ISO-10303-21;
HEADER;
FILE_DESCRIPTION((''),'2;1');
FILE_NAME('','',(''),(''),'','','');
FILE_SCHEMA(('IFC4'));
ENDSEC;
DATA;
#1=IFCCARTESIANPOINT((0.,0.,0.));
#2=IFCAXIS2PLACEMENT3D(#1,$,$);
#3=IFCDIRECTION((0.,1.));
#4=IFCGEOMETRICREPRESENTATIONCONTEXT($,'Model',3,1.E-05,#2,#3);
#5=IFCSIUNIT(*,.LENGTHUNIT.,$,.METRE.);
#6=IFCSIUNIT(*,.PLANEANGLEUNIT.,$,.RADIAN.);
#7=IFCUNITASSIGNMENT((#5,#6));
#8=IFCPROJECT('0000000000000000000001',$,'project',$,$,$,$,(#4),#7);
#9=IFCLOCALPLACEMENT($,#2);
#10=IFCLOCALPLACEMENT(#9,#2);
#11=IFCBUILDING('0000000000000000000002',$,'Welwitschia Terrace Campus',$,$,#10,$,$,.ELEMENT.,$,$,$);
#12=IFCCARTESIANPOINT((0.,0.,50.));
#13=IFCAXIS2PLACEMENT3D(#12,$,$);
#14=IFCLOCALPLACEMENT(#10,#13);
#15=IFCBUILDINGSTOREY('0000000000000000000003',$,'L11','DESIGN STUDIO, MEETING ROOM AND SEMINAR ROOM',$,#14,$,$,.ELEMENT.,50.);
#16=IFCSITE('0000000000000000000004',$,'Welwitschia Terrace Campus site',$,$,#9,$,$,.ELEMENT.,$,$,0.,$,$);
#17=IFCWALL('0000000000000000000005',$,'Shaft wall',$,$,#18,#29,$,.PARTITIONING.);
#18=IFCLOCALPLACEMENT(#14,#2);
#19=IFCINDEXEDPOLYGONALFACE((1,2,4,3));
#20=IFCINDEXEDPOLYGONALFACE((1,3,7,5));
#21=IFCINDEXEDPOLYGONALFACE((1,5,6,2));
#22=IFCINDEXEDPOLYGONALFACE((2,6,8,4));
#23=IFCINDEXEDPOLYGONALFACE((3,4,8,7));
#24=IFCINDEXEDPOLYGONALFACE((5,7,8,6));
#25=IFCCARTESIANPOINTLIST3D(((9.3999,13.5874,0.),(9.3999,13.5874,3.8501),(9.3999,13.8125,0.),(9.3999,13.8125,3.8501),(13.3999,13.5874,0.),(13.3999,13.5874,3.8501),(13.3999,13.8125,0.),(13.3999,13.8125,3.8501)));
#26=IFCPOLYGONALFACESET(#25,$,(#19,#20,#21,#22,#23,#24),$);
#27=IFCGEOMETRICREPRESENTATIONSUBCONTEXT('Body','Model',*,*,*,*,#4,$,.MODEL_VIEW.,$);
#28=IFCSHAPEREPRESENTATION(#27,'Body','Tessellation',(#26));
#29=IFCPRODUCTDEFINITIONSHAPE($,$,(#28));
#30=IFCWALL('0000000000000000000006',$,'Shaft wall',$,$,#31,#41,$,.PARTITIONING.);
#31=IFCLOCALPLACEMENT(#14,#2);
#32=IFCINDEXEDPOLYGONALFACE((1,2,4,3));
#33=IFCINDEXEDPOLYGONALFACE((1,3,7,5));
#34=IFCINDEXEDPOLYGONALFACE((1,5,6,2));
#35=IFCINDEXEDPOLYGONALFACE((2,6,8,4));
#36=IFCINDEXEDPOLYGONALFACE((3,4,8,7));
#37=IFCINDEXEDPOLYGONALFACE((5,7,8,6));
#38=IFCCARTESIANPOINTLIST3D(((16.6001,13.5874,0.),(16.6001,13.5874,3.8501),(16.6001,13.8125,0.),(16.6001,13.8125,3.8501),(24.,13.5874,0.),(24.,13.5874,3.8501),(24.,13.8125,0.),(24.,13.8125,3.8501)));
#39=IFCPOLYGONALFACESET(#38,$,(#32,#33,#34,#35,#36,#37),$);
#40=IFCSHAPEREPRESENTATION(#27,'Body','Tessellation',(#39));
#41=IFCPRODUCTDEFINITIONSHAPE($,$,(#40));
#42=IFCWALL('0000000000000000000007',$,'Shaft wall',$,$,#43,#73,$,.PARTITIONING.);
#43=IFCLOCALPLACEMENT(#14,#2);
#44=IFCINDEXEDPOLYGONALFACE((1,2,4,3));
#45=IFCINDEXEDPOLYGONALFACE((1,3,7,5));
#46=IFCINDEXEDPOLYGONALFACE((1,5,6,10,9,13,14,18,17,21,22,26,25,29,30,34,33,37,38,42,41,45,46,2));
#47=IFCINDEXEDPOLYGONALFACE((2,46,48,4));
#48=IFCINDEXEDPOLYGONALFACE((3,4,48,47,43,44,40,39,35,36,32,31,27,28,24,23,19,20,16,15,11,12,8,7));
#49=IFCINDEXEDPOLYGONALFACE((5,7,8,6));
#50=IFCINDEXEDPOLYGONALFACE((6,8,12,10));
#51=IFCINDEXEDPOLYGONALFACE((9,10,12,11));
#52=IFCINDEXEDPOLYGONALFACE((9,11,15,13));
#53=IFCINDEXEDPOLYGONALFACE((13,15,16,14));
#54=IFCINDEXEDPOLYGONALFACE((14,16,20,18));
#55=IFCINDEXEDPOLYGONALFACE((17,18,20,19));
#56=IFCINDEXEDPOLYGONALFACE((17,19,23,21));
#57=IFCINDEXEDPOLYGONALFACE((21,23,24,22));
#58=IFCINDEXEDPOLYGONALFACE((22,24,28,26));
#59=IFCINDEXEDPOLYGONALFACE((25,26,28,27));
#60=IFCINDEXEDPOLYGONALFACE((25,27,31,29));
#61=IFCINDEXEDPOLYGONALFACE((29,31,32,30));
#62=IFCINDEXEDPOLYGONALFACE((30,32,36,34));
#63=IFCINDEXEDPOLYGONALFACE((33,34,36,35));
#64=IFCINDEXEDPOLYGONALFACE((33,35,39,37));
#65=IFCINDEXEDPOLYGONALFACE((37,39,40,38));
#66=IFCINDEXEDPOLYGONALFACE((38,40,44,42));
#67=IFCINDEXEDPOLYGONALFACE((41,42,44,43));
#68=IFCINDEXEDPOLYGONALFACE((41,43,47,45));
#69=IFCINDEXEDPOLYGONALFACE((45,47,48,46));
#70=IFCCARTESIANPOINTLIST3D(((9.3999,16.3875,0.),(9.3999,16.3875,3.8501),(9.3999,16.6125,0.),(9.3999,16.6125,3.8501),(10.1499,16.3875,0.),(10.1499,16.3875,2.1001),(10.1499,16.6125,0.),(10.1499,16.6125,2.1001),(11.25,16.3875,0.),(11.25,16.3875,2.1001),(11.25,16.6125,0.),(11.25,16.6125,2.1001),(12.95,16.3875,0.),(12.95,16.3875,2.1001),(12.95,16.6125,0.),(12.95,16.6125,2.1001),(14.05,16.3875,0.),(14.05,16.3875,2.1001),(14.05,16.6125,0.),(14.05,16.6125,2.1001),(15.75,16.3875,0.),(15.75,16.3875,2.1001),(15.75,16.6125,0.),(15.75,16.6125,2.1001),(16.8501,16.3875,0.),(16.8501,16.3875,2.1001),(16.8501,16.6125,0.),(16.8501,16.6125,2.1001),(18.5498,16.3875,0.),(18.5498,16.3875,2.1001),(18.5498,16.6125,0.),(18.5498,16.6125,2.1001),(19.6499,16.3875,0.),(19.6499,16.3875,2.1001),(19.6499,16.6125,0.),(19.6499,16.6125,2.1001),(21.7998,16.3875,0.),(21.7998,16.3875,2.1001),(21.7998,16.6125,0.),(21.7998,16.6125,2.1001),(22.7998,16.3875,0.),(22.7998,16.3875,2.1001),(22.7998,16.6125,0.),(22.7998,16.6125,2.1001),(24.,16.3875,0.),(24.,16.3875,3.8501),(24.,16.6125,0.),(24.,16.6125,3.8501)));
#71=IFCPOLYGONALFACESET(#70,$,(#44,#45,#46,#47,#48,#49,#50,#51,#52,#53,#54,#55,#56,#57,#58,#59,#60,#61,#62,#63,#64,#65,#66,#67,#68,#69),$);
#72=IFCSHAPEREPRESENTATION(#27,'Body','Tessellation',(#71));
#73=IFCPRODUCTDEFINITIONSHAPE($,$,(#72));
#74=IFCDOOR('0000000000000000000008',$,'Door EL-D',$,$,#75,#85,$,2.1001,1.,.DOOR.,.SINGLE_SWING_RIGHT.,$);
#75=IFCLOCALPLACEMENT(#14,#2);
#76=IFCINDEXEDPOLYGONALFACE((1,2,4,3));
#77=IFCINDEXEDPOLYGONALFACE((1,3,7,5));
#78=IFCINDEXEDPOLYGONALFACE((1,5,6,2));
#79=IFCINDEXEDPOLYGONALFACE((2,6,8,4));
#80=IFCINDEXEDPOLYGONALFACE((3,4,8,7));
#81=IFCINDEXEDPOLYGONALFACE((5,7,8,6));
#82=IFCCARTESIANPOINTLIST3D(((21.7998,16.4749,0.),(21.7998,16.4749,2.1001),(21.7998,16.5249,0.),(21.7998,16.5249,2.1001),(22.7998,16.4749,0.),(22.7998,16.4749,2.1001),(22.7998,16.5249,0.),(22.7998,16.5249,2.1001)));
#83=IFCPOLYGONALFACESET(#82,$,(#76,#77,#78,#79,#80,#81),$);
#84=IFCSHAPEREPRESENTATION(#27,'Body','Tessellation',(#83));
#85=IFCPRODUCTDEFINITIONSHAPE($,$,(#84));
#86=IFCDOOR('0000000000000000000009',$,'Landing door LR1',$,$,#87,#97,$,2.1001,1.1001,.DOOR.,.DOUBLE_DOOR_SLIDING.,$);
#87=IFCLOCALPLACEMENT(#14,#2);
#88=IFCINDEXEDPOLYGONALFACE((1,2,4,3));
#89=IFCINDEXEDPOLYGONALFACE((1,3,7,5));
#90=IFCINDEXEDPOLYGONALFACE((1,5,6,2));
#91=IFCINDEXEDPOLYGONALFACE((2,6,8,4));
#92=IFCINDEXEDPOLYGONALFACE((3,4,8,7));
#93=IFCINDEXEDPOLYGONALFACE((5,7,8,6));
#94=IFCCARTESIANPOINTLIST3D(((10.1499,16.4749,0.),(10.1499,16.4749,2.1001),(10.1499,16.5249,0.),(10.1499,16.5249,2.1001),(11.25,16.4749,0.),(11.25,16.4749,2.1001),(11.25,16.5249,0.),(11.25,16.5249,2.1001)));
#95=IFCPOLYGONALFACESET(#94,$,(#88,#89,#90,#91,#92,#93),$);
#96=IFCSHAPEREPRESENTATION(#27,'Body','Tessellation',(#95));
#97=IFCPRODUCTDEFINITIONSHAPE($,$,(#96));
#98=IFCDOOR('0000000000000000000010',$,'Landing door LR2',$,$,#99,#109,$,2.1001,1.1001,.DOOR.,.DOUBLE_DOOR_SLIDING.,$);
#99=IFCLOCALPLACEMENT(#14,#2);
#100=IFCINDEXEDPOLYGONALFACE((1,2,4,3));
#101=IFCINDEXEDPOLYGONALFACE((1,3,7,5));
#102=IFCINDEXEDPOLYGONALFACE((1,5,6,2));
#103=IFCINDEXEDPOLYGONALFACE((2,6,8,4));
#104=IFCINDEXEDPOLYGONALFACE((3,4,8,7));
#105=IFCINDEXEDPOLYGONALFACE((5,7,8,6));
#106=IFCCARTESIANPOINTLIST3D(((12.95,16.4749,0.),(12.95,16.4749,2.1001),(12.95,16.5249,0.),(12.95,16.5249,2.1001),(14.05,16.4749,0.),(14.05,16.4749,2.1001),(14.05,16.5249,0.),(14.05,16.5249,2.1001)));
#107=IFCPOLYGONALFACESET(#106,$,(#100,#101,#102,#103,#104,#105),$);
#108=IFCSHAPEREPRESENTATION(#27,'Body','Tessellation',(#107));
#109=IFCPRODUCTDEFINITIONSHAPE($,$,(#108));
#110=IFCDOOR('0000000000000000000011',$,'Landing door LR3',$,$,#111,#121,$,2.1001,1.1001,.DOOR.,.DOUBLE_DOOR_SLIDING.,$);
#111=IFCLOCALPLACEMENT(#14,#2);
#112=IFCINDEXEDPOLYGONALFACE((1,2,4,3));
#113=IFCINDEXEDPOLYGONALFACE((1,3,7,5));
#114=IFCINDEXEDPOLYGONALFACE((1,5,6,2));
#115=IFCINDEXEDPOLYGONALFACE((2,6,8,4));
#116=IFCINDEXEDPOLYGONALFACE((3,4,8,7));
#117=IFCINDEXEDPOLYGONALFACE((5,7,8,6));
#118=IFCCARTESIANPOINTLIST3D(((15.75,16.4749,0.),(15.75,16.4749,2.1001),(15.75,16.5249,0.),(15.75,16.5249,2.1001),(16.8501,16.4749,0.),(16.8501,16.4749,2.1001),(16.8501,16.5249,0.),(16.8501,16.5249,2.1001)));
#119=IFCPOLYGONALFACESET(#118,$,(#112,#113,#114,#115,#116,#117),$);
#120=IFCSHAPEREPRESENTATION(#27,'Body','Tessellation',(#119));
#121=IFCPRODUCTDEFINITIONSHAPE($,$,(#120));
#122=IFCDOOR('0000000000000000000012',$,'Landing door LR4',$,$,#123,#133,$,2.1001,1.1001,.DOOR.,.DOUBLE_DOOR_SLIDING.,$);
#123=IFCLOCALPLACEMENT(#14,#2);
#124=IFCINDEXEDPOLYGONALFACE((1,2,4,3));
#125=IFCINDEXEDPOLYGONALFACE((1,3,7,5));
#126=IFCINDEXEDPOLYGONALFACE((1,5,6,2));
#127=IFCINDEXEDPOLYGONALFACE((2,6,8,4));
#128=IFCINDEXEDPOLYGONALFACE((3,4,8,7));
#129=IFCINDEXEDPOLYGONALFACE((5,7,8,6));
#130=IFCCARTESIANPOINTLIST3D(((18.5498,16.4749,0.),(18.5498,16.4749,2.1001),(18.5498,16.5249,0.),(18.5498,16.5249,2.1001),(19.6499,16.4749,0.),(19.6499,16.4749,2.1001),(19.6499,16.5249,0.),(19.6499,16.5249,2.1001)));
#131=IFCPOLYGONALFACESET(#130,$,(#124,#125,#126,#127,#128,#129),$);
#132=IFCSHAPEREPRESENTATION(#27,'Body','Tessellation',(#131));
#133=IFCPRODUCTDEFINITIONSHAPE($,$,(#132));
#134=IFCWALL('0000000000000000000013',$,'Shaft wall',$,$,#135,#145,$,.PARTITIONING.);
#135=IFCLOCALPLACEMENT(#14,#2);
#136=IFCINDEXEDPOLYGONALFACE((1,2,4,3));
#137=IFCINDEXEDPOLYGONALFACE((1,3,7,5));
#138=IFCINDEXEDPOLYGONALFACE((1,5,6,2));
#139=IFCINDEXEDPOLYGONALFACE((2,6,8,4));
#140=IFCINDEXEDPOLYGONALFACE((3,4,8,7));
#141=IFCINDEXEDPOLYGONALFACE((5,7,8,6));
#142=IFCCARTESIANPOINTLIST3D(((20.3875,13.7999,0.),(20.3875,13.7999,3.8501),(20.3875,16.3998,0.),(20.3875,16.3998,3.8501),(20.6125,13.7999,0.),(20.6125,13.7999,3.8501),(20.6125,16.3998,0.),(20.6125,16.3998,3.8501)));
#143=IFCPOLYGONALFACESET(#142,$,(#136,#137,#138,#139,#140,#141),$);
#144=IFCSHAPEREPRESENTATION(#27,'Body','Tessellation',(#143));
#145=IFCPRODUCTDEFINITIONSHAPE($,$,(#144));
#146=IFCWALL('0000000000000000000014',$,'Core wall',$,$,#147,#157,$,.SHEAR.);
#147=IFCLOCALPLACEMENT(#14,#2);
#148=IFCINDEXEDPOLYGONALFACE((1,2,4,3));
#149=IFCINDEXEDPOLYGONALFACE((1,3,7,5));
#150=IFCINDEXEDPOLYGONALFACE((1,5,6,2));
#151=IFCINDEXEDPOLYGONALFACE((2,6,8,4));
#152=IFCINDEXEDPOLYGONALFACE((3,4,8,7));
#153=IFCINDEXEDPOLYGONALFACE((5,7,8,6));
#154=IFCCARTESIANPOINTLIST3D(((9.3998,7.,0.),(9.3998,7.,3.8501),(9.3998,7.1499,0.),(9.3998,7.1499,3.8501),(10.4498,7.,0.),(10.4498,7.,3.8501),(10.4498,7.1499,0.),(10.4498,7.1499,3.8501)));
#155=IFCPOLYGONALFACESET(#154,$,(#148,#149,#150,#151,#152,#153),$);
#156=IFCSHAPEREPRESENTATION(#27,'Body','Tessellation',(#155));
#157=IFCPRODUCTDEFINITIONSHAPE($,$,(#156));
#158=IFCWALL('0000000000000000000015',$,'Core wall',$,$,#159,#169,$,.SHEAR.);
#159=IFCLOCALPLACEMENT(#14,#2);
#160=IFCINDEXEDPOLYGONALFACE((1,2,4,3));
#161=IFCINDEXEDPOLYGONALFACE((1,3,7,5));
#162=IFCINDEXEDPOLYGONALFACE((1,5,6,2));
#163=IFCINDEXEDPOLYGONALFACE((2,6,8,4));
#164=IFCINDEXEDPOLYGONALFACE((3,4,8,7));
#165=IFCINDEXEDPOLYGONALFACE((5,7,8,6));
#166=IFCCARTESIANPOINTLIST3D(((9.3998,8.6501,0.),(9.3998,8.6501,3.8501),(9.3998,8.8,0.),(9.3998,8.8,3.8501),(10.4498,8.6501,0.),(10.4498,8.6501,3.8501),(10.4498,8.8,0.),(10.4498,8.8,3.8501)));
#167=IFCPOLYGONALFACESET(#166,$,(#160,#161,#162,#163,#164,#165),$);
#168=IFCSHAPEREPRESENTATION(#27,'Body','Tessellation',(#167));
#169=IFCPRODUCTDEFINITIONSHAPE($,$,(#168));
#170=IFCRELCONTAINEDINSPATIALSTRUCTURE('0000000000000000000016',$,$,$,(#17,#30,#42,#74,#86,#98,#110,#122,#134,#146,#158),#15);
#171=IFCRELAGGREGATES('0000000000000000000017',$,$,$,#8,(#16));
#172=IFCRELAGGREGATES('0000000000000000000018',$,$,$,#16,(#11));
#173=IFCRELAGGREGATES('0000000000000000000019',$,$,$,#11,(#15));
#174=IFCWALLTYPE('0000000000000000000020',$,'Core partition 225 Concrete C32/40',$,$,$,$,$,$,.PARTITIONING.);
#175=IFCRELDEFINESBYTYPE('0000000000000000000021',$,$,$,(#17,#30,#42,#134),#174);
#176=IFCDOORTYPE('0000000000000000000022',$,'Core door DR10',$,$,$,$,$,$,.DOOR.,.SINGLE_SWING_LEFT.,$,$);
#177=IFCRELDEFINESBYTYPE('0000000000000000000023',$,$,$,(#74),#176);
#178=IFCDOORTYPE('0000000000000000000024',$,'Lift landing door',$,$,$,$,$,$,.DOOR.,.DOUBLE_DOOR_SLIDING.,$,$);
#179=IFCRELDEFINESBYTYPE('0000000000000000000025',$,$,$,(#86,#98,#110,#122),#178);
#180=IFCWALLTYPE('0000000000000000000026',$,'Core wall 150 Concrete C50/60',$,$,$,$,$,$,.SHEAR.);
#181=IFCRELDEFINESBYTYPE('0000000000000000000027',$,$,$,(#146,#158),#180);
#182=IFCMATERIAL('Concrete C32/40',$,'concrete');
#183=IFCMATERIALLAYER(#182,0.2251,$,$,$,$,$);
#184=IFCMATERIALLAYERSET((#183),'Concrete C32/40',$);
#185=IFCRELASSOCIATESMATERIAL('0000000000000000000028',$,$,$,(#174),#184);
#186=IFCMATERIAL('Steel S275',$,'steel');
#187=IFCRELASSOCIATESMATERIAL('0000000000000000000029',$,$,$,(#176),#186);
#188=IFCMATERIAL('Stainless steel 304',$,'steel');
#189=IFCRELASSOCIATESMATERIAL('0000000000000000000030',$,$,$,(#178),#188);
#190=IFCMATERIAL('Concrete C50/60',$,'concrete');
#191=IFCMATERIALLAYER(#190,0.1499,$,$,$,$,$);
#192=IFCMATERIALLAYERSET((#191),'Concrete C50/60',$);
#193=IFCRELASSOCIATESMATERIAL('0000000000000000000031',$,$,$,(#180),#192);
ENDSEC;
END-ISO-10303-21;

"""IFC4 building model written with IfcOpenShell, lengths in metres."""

from ifc_helpers import new_model, si_unit, direction, frame, frame_2d, origin, place, context, subcontext, project, spatial, rectangle, extrude, material, layer, layer_set, type_object, element, fill, save


model = new_model("IFC4")

# Units and contexts
model_context = context("Model", 3, precision=1e-05, world=origin(), true_north=direction((0.0, 1.0)))
body_context = subcontext(model_context, "Body", "Model", "MODEL_VIEW")
ifc_project = project(units=[si_unit("LENGTHUNIT", "METRE"), si_unit("PLANEANGLEUNIT", "RADIAN")], contexts=[model_context])

# Site, building, storey
site_placement = place(None, origin())
site = spatial("IfcSite", under=ifc_project, at=site_placement, Name="Welwitschia Terrace Campus site", CompositionType="ELEMENT", RefElevation=0.0)
building_placement = place(site_placement, origin())
building = spatial("IfcBuilding", under=site, at=building_placement, Name="Welwitschia Terrace Campus", CompositionType="ELEMENT")
storey_placement = place(building_placement, frame((0.0, 0.0, 50.0)))
storey = spatial("IfcBuildingStorey", under=building, at=storey_placement, Name="L11", Description="DESIGN STUDIO, MEETING ROOM AND SEMINAR ROOM", CompositionType="ELEMENT", Elevation=50.0)

# Walls
ifc_material_1 = material(Name="Concrete C32/40", Category="concrete")
ifc_layer_1 = layer(ifc_material_1, 0.2251)
ifc_layer_set_1 = layer_set([ifc_layer_1], Name="Concrete C32/40")
wall_type_1 = type_object("IfcWallType", Name="Core partition 225 Concrete C32/40", PredefinedType="PARTITIONING", material=ifc_layer_set_1)
wall_1_placement = place(storey_placement, frame((9.3999, 13.7, 0.0), z_axis=(0.0, 0.0, 1.0), x_axis=(1.0, 0.0, 0.0)))
element("IfcWall", 1, at=wall_1_placement, inside=storey, type_object=wall_type_1, Name="Shaft wall", PredefinedType="PARTITIONING", context=body_context, shape_type="SweptSolid", body=[
    extrude(rectangle(XDim=4.0, YDim=0.2251, at=frame_2d((2.0, 0.0))), origin(), (0.0, 0.0, 1.0), 3.8501),
])
wall_2_placement = place(storey_placement, frame((16.6001, 13.7, 0.0), z_axis=(0.0, 0.0, 1.0), x_axis=(1.0, 0.0, 0.0)))
element("IfcWall", 2, at=wall_2_placement, inside=storey, type_object=wall_type_1, Name="Shaft wall", PredefinedType="PARTITIONING", context=body_context, shape_type="SweptSolid", body=[
    extrude(rectangle(XDim=7.3999, YDim=0.2251, at=frame_2d((3.7, 0.0))), origin(), (0.0, 0.0, 1.0), 3.8501),
])

# Wall, openings, doors
wall_3_placement = place(storey_placement, frame((9.3999, 16.5, 0.0), z_axis=(0.0, 0.0, 1.0), x_axis=(1.0, 0.0, 0.0)))
wall_3 = element("IfcWall", 3, at=wall_3_placement, inside=storey, type_object=wall_type_1, Name="Shaft wall", PredefinedType="PARTITIONING", context=body_context, shape_type="SweptSolid", body=[
    extrude(rectangle(XDim=14.6001, YDim=0.2251, at=frame_2d((7.3, 0.0))), origin(), (0.0, 0.0, 1.0), 3.8501),
])
opening_1_placement = place(wall_3_placement, frame((0.75, 0.0, 0.0)))
opening_1 = element("IfcOpeningElement", 4, at=opening_1_placement, cuts=wall_3, PredefinedType="OPENING", context=body_context, shape_type="SweptSolid", body=[
    extrude(rectangle(XDim=1.1001, YDim=2.1001, at=frame_2d((0.55, 1.05))), frame((0.0, 0.1226, 0.0), z_axis=(0.0, -1.0, 0.0), x_axis=(1.0, 0.0, 0.0)), (0.0, 0.0, 1.0), 0.2451),
])
opening_2_placement = place(wall_3_placement, frame((3.55, 0.0, 0.0)))
opening_2 = element("IfcOpeningElement", 5, at=opening_2_placement, cuts=wall_3, PredefinedType="OPENING", context=body_context, shape_type="SweptSolid", body=[
    extrude(rectangle(XDim=1.1001, YDim=2.1001, at=frame_2d((0.55, 1.05))), frame((0.0, 0.1226, 0.0), z_axis=(0.0, -1.0, 0.0), x_axis=(1.0, 0.0, 0.0)), (0.0, 0.0, 1.0), 0.2451),
])
opening_3_placement = place(wall_3_placement, frame((6.3501, 0.0, 0.0)))
opening_3 = element("IfcOpeningElement", 6, at=opening_3_placement, cuts=wall_3, PredefinedType="OPENING", context=body_context, shape_type="SweptSolid", body=[
    extrude(rectangle(XDim=1.1001, YDim=2.1001, at=frame_2d((0.55, 1.05))), frame((0.0, 0.1226, 0.0), z_axis=(0.0, -1.0, 0.0), x_axis=(1.0, 0.0, 0.0)), (0.0, 0.0, 1.0), 0.2451),
])
opening_4_placement = place(wall_3_placement, frame((9.1499, 0.0, 0.0)))
opening_4 = element("IfcOpeningElement", 7, at=opening_4_placement, cuts=wall_3, PredefinedType="OPENING", context=body_context, shape_type="SweptSolid", body=[
    extrude(rectangle(XDim=1.1001, YDim=2.1001, at=frame_2d((0.55, 1.05))), frame((0.0, 0.1226, 0.0), z_axis=(0.0, -1.0, 0.0), x_axis=(1.0, 0.0, 0.0)), (0.0, 0.0, 1.0), 0.2451),
])
opening_5_placement = place(wall_3_placement, frame((12.3999, 0.0, 0.0)))
opening_5 = element("IfcOpeningElement", 8, at=opening_5_placement, cuts=wall_3, PredefinedType="OPENING", context=body_context, shape_type="SweptSolid", body=[
    extrude(rectangle(XDim=1.0, YDim=2.1001, at=frame_2d((0.5, 1.05))), frame((0.0, 0.1226, 0.0), z_axis=(0.0, -1.0, 0.0), x_axis=(1.0, 0.0, 0.0)), (0.0, 0.0, 1.0), 0.2451),
])
ifc_material_2 = material(Name="Steel S275", Category="steel")
door_type_1 = type_object("IfcDoorType", Name="Core door DR10", OperationType="SINGLE_SWING_LEFT", PredefinedType="DOOR", material=ifc_material_2)
door_1_placement = place(opening_5_placement, origin())
door_1 = element("IfcDoor", 9, at=door_1_placement, inside=storey, type_object=door_type_1, Name="Door EL-D", OperationType="SINGLE_SWING_RIGHT", OverallHeight=2.1001, OverallWidth=1.0, PredefinedType="DOOR", context=body_context, shape_type="SweptSolid", body=[
    extrude(rectangle(XDim=1.0, YDim=2.1001, at=frame_2d((0.5, 1.05))), frame((0.0, 0.0249, 0.0), z_axis=(0.0, -1.0, 0.0), x_axis=(1.0, 0.0, 0.0)), (0.0, 0.0, 1.0), 0.05),
])
fill(opening_5, door_1)
ifc_material_3 = material(Name="Stainless steel 304", Category="steel")
door_type_2 = type_object("IfcDoorType", Name="Lift landing door", OperationType="DOUBLE_DOOR_SLIDING", PredefinedType="DOOR", material=ifc_material_3)
door_2_placement = place(opening_1_placement, origin())
door_2 = element("IfcDoor", 10, at=door_2_placement, inside=storey, type_object=door_type_2, Name="Landing door LR1", OperationType="DOUBLE_DOOR_SLIDING", OverallHeight=2.1001, OverallWidth=1.1001, PredefinedType="DOOR", context=body_context, shape_type="SweptSolid", body=[
    extrude(rectangle(XDim=1.1001, YDim=2.1001, at=frame_2d((0.55, 1.05))), frame((0.0, 0.0249, 0.0), z_axis=(0.0, -1.0, 0.0), x_axis=(1.0, 0.0, 0.0)), (0.0, 0.0, 1.0), 0.05),
])
fill(opening_1, door_2)
door_3_placement = place(opening_2_placement, origin())
door_3 = element("IfcDoor", 11, at=door_3_placement, inside=storey, type_object=door_type_2, Name="Landing door LR2", OperationType="DOUBLE_DOOR_SLIDING", OverallHeight=2.1001, OverallWidth=1.1001, PredefinedType="DOOR", context=body_context, shape_type="SweptSolid", body=[
    extrude(rectangle(XDim=1.1001, YDim=2.1001, at=frame_2d((0.55, 1.05))), frame((0.0, 0.0249, 0.0), z_axis=(0.0, -1.0, 0.0), x_axis=(1.0, 0.0, 0.0)), (0.0, 0.0, 1.0), 0.05),
])
fill(opening_2, door_3)
door_4_placement = place(opening_3_placement, origin())
door_4 = element("IfcDoor", 12, at=door_4_placement, inside=storey, type_object=door_type_2, Name="Landing door LR3", OperationType="DOUBLE_DOOR_SLIDING", OverallHeight=2.1001, OverallWidth=1.1001, PredefinedType="DOOR", context=body_context, shape_type="SweptSolid", body=[
    extrude(rectangle(XDim=1.1001, YDim=2.1001, at=frame_2d((0.55, 1.05))), frame((0.0, 0.0249, 0.0), z_axis=(0.0, -1.0, 0.0), x_axis=(1.0, 0.0, 0.0)), (0.0, 0.0, 1.0), 0.05),
])
fill(opening_3, door_4)
door_5_placement = place(opening_4_placement, origin())
door_5 = element("IfcDoor", 13, at=door_5_placement, inside=storey, type_object=door_type_2, Name="Landing door LR4", OperationType="DOUBLE_DOOR_SLIDING", OverallHeight=2.1001, OverallWidth=1.1001, PredefinedType="DOOR", context=body_context, shape_type="SweptSolid", body=[
    extrude(rectangle(XDim=1.1001, YDim=2.1001, at=frame_2d((0.55, 1.05))), frame((0.0, 0.0249, 0.0), z_axis=(0.0, -1.0, 0.0), x_axis=(1.0, 0.0, 0.0)), (0.0, 0.0, 1.0), 0.05),
])
fill(opening_4, door_5)

# Walls
wall_4_placement = place(storey_placement, frame((20.5, 13.8, 0.0), z_axis=(0.0, 0.0, 1.0), x_axis=(0.0, 1.0, 0.0)))
element("IfcWall", 14, at=wall_4_placement, inside=storey, type_object=wall_type_1, Name="Shaft wall", PredefinedType="PARTITIONING", context=body_context, shape_type="SweptSolid", body=[
    extrude(rectangle(XDim=2.5999, YDim=0.2251, at=frame_2d((1.2998, 0.0))), origin(), (0.0, 0.0, 1.0), 3.8501),
])
ifc_material_4 = material(Name="Concrete C50/60", Category="concrete")
ifc_layer_2 = layer(ifc_material_4, 0.1499)
ifc_layer_set_2 = layer_set([ifc_layer_2], Name="Concrete C50/60")
wall_type_2 = type_object("IfcWallType", Name="Core wall 150 Concrete C50/60", PredefinedType="SHEAR", material=ifc_layer_set_2)
for number, where, z_axis, x_axis, name in (
    (15, (9.3999, 7.075, 0.0), (0.0, 0.0, 1.0), (1.0, 0.0, 0.0), "Core wall"),
    (16, (9.3999, 8.7251, 0.0), (0.0, 0.0, 1.0), (1.0, 0.0, 0.0), "Core wall"),
):
    element("IfcWall", number, at=place(storey_placement, frame(where, z_axis=z_axis, x_axis=x_axis)), inside=storey, type_object=wall_type_2, Name=name, PredefinedType="SHEAR", context=body_context, shape_type="SweptSolid", body=[
        extrude(rectangle(XDim=1.05, YDim=0.1499, at=frame_2d((0.5249, 0.0))), origin(), (0.0, 0.0, 1.0), 3.8501),
    ])

save(model, "model.ifc")
